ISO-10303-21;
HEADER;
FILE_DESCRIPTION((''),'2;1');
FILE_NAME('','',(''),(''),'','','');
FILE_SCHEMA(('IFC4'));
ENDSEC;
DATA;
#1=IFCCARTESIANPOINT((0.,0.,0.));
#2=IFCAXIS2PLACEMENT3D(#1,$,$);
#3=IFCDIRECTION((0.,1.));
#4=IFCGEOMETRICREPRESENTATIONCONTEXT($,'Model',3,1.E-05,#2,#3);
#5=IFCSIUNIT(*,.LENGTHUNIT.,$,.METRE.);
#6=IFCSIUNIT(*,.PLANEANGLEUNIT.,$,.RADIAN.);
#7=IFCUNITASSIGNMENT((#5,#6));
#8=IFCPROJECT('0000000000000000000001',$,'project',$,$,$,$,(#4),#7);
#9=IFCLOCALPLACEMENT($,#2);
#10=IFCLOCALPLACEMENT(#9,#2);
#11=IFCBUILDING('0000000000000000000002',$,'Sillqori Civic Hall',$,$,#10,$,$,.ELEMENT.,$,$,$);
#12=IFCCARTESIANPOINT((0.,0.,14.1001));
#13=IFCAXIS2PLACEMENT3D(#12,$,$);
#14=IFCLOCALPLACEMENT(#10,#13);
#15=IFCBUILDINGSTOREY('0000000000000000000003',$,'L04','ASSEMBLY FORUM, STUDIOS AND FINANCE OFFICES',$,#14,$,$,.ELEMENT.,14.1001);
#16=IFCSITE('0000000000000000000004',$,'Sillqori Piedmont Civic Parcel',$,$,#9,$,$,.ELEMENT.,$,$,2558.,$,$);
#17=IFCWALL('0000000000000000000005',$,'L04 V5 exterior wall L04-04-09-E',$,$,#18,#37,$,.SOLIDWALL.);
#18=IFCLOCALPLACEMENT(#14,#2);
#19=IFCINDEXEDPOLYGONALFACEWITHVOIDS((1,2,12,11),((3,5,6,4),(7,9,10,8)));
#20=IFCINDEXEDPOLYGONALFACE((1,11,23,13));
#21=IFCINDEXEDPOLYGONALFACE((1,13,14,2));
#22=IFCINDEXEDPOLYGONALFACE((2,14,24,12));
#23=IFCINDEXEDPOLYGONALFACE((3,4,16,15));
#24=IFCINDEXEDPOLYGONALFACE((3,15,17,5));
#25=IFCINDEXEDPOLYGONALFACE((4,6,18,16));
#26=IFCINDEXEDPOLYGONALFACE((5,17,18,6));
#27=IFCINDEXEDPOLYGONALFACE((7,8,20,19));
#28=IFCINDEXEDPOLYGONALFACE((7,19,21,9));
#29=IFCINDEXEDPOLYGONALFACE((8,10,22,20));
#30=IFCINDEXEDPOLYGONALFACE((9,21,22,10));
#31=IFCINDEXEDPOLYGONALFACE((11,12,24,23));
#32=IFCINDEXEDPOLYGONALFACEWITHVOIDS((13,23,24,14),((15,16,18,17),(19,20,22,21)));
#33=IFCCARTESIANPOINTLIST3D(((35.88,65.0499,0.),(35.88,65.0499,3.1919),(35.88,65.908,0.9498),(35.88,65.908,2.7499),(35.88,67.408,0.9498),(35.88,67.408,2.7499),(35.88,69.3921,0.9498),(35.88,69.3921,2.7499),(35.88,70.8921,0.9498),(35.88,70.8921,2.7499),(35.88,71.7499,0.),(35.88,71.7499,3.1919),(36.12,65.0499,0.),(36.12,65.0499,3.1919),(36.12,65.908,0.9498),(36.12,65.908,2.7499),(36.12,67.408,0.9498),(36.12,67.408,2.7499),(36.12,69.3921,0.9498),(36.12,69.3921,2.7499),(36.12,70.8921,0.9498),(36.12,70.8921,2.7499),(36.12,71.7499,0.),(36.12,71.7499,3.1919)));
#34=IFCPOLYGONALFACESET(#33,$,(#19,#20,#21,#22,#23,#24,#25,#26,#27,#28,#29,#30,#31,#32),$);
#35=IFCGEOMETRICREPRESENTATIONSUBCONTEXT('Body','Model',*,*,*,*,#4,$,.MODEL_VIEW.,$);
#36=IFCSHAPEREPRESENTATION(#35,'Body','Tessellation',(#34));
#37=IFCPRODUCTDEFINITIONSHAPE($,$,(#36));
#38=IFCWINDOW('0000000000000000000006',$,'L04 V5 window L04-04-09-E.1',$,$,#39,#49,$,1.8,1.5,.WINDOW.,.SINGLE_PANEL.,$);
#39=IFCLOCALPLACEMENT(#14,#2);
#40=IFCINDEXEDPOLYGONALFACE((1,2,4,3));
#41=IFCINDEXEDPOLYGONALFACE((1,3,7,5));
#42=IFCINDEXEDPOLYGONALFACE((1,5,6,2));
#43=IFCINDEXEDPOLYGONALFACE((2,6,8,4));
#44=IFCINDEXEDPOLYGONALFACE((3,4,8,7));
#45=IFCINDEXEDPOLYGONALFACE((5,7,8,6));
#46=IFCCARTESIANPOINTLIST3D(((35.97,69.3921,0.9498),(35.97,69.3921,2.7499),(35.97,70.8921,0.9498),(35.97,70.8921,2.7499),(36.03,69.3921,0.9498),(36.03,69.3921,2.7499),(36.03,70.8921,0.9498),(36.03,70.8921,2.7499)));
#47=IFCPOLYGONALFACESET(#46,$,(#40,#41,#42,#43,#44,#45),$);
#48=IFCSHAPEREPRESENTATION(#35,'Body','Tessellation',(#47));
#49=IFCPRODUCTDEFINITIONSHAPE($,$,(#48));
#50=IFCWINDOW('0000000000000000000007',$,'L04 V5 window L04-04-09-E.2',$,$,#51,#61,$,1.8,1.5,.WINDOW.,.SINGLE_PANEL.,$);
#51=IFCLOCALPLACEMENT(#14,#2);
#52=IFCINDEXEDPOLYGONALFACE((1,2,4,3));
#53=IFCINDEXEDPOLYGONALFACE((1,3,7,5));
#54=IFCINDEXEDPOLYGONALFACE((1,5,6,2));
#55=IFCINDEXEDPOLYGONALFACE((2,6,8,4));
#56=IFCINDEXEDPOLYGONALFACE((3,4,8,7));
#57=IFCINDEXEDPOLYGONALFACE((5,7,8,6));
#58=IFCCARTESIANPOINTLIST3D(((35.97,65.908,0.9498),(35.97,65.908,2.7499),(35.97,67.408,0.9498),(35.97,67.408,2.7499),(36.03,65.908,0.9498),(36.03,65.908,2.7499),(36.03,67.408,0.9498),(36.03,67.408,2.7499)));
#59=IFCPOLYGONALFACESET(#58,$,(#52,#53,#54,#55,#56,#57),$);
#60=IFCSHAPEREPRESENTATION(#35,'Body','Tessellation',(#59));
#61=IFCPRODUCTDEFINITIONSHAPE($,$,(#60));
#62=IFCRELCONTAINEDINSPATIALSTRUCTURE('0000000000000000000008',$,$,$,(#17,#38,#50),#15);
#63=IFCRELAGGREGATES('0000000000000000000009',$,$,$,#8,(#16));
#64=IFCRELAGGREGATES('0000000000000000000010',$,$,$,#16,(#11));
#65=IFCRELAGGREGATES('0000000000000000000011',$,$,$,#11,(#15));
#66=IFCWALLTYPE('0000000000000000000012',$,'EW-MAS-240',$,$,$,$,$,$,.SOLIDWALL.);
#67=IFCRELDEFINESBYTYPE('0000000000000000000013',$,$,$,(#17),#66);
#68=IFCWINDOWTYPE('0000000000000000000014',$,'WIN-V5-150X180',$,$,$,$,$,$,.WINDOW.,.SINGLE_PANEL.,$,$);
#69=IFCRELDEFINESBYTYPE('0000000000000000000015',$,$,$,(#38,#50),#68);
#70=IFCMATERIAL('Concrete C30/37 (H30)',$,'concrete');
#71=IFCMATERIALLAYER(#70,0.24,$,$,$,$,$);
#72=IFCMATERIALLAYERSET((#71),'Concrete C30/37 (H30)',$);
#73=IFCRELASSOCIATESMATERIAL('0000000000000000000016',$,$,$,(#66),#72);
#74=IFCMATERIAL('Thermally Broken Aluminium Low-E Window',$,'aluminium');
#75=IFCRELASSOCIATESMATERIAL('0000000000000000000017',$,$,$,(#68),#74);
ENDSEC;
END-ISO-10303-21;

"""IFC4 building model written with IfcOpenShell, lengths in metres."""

from ifc_helpers import new_model, si_unit, direction, frame, frame_2d, origin, place, context, subcontext, project, spatial, rectangle, extrude, material, layer, layer_set, type_object, element, fill, save


model = new_model("IFC4")

# Units and contexts
model_context = context("Model", 3, precision=1e-05, world=origin(), true_north=direction((0.0, 1.0)))
body_context = subcontext(model_context, "Body", "Model", "MODEL_VIEW")
ifc_project = project(units=[si_unit("LENGTHUNIT", "METRE"), si_unit("PLANEANGLEUNIT", "RADIAN")], contexts=[model_context])

# Site, building, storey
site_placement = place(None, origin())
site = spatial("IfcSite", under=ifc_project, at=site_placement, Name="Sillqori Piedmont Civic Parcel", CompositionType="ELEMENT", RefElevation=2558.0)
building_placement = place(site_placement, origin())
building = spatial("IfcBuilding", under=site, at=building_placement, Name="Sillqori Civic Hall", CompositionType="ELEMENT")
storey_placement = place(building_placement, frame((0.0, 0.0, 14.1001)))
storey = spatial("IfcBuildingStorey", under=building, at=storey_placement, Name="L04", Description="ASSEMBLY FORUM, STUDIOS AND FINANCE OFFICES", CompositionType="ELEMENT", Elevation=14.1001)

# Wall, openings, windows
ifc_material_1 = material(Name="Concrete C30/37 (H30)", Category="concrete")
ifc_layer = layer(ifc_material_1, 0.24)
ifc_layer_set = layer_set([ifc_layer], Name="Concrete C30/37 (H30)")
wall_type = type_object("IfcWallType", Name="EW-MAS-240", PredefinedType="SOLIDWALL", material=ifc_layer_set)
wall_placement = place(storey_placement, frame((36.0, 71.75, 0.0), z_axis=(0.0, 0.0, 1.0), x_axis=(0.0, -1.0, 0.0)))
wall = element("IfcWall", 1, at=wall_placement, inside=storey, type_object=wall_type, Name="L04 V5 exterior wall L04-04-09-E", PredefinedType="SOLIDWALL", context=body_context, shape_type="SweptSolid", body=[
    extrude(rectangle(XDim=6.7, YDim=0.24, at=frame_2d((3.3501, 0.0))), origin(), (0.0, 0.0, 1.0), 3.1919),
])
opening_1_placement = place(wall_placement, frame((0.8579, 0.0, 0.95)))
opening_1 = element("IfcOpeningElement", 2, at=opening_1_placement, cuts=wall, PredefinedType="OPENING", context=body_context, shape_type="SweptSolid", body=[
    extrude(rectangle(XDim=1.5, YDim=1.8, at=frame_2d((0.75, 0.8999))), frame((0.0, 0.1299, 0.0), z_axis=(0.0, -1.0, 0.0), x_axis=(1.0, 0.0, 0.0)), (0.0, 0.0, 1.0), 0.26),
])
opening_2_placement = place(wall_placement, frame((4.342, 0.0, 0.95)))
opening_2 = element("IfcOpeningElement", 3, at=opening_2_placement, cuts=wall, PredefinedType="OPENING", context=body_context, shape_type="SweptSolid", body=[
    extrude(rectangle(XDim=1.5, YDim=1.8, at=frame_2d((0.75, 0.8999))), frame((0.0, 0.1299, 0.0), z_axis=(0.0, -1.0, 0.0), x_axis=(1.0, 0.0, 0.0)), (0.0, 0.0, 1.0), 0.26),
])
ifc_material_2 = material(Name="Thermally Broken Aluminium Low-E Window", Category="aluminium")
window_type = type_object("IfcWindowType", Name="WIN-V5-150X180", PartitioningType="SINGLE_PANEL", PredefinedType="WINDOW", material=ifc_material_2)
window_1_placement = place(opening_1_placement, origin())
window_1 = element("IfcWindow", 4, at=window_1_placement, inside=storey, type_object=window_type, Name="L04 V5 window L04-04-09-E.1", OverallHeight=1.8, OverallWidth=1.5, PartitioningType="SINGLE_PANEL", PredefinedType="WINDOW", context=body_context, shape_type="SweptSolid", body=[
    extrude(rectangle(XDim=1.5, YDim=1.8, at=frame_2d((0.75, 0.8999))), frame((0.0, 0.03, 0.0), z_axis=(0.0, -1.0, 0.0), x_axis=(1.0, 0.0, 0.0)), (0.0, 0.0, 1.0), 0.0601),
])
fill(opening_1, window_1)
window_2_placement = place(opening_2_placement, origin())
window_2 = element("IfcWindow", 5, at=window_2_placement, inside=storey, type_object=window_type, Name="L04 V5 window L04-04-09-E.2", OverallHeight=1.8, OverallWidth=1.5, PartitioningType="SINGLE_PANEL", PredefinedType="WINDOW", context=body_context, shape_type="SweptSolid", body=[
    extrude(rectangle(XDim=1.5, YDim=1.8, at=frame_2d((0.75, 0.8999))), frame((0.0, 0.03, 0.0), z_axis=(0.0, -1.0, 0.0), x_axis=(1.0, 0.0, 0.0)), (0.0, 0.0, 1.0), 0.0601),
])
fill(opening_2, window_2)

save(model, "model.ifc")
